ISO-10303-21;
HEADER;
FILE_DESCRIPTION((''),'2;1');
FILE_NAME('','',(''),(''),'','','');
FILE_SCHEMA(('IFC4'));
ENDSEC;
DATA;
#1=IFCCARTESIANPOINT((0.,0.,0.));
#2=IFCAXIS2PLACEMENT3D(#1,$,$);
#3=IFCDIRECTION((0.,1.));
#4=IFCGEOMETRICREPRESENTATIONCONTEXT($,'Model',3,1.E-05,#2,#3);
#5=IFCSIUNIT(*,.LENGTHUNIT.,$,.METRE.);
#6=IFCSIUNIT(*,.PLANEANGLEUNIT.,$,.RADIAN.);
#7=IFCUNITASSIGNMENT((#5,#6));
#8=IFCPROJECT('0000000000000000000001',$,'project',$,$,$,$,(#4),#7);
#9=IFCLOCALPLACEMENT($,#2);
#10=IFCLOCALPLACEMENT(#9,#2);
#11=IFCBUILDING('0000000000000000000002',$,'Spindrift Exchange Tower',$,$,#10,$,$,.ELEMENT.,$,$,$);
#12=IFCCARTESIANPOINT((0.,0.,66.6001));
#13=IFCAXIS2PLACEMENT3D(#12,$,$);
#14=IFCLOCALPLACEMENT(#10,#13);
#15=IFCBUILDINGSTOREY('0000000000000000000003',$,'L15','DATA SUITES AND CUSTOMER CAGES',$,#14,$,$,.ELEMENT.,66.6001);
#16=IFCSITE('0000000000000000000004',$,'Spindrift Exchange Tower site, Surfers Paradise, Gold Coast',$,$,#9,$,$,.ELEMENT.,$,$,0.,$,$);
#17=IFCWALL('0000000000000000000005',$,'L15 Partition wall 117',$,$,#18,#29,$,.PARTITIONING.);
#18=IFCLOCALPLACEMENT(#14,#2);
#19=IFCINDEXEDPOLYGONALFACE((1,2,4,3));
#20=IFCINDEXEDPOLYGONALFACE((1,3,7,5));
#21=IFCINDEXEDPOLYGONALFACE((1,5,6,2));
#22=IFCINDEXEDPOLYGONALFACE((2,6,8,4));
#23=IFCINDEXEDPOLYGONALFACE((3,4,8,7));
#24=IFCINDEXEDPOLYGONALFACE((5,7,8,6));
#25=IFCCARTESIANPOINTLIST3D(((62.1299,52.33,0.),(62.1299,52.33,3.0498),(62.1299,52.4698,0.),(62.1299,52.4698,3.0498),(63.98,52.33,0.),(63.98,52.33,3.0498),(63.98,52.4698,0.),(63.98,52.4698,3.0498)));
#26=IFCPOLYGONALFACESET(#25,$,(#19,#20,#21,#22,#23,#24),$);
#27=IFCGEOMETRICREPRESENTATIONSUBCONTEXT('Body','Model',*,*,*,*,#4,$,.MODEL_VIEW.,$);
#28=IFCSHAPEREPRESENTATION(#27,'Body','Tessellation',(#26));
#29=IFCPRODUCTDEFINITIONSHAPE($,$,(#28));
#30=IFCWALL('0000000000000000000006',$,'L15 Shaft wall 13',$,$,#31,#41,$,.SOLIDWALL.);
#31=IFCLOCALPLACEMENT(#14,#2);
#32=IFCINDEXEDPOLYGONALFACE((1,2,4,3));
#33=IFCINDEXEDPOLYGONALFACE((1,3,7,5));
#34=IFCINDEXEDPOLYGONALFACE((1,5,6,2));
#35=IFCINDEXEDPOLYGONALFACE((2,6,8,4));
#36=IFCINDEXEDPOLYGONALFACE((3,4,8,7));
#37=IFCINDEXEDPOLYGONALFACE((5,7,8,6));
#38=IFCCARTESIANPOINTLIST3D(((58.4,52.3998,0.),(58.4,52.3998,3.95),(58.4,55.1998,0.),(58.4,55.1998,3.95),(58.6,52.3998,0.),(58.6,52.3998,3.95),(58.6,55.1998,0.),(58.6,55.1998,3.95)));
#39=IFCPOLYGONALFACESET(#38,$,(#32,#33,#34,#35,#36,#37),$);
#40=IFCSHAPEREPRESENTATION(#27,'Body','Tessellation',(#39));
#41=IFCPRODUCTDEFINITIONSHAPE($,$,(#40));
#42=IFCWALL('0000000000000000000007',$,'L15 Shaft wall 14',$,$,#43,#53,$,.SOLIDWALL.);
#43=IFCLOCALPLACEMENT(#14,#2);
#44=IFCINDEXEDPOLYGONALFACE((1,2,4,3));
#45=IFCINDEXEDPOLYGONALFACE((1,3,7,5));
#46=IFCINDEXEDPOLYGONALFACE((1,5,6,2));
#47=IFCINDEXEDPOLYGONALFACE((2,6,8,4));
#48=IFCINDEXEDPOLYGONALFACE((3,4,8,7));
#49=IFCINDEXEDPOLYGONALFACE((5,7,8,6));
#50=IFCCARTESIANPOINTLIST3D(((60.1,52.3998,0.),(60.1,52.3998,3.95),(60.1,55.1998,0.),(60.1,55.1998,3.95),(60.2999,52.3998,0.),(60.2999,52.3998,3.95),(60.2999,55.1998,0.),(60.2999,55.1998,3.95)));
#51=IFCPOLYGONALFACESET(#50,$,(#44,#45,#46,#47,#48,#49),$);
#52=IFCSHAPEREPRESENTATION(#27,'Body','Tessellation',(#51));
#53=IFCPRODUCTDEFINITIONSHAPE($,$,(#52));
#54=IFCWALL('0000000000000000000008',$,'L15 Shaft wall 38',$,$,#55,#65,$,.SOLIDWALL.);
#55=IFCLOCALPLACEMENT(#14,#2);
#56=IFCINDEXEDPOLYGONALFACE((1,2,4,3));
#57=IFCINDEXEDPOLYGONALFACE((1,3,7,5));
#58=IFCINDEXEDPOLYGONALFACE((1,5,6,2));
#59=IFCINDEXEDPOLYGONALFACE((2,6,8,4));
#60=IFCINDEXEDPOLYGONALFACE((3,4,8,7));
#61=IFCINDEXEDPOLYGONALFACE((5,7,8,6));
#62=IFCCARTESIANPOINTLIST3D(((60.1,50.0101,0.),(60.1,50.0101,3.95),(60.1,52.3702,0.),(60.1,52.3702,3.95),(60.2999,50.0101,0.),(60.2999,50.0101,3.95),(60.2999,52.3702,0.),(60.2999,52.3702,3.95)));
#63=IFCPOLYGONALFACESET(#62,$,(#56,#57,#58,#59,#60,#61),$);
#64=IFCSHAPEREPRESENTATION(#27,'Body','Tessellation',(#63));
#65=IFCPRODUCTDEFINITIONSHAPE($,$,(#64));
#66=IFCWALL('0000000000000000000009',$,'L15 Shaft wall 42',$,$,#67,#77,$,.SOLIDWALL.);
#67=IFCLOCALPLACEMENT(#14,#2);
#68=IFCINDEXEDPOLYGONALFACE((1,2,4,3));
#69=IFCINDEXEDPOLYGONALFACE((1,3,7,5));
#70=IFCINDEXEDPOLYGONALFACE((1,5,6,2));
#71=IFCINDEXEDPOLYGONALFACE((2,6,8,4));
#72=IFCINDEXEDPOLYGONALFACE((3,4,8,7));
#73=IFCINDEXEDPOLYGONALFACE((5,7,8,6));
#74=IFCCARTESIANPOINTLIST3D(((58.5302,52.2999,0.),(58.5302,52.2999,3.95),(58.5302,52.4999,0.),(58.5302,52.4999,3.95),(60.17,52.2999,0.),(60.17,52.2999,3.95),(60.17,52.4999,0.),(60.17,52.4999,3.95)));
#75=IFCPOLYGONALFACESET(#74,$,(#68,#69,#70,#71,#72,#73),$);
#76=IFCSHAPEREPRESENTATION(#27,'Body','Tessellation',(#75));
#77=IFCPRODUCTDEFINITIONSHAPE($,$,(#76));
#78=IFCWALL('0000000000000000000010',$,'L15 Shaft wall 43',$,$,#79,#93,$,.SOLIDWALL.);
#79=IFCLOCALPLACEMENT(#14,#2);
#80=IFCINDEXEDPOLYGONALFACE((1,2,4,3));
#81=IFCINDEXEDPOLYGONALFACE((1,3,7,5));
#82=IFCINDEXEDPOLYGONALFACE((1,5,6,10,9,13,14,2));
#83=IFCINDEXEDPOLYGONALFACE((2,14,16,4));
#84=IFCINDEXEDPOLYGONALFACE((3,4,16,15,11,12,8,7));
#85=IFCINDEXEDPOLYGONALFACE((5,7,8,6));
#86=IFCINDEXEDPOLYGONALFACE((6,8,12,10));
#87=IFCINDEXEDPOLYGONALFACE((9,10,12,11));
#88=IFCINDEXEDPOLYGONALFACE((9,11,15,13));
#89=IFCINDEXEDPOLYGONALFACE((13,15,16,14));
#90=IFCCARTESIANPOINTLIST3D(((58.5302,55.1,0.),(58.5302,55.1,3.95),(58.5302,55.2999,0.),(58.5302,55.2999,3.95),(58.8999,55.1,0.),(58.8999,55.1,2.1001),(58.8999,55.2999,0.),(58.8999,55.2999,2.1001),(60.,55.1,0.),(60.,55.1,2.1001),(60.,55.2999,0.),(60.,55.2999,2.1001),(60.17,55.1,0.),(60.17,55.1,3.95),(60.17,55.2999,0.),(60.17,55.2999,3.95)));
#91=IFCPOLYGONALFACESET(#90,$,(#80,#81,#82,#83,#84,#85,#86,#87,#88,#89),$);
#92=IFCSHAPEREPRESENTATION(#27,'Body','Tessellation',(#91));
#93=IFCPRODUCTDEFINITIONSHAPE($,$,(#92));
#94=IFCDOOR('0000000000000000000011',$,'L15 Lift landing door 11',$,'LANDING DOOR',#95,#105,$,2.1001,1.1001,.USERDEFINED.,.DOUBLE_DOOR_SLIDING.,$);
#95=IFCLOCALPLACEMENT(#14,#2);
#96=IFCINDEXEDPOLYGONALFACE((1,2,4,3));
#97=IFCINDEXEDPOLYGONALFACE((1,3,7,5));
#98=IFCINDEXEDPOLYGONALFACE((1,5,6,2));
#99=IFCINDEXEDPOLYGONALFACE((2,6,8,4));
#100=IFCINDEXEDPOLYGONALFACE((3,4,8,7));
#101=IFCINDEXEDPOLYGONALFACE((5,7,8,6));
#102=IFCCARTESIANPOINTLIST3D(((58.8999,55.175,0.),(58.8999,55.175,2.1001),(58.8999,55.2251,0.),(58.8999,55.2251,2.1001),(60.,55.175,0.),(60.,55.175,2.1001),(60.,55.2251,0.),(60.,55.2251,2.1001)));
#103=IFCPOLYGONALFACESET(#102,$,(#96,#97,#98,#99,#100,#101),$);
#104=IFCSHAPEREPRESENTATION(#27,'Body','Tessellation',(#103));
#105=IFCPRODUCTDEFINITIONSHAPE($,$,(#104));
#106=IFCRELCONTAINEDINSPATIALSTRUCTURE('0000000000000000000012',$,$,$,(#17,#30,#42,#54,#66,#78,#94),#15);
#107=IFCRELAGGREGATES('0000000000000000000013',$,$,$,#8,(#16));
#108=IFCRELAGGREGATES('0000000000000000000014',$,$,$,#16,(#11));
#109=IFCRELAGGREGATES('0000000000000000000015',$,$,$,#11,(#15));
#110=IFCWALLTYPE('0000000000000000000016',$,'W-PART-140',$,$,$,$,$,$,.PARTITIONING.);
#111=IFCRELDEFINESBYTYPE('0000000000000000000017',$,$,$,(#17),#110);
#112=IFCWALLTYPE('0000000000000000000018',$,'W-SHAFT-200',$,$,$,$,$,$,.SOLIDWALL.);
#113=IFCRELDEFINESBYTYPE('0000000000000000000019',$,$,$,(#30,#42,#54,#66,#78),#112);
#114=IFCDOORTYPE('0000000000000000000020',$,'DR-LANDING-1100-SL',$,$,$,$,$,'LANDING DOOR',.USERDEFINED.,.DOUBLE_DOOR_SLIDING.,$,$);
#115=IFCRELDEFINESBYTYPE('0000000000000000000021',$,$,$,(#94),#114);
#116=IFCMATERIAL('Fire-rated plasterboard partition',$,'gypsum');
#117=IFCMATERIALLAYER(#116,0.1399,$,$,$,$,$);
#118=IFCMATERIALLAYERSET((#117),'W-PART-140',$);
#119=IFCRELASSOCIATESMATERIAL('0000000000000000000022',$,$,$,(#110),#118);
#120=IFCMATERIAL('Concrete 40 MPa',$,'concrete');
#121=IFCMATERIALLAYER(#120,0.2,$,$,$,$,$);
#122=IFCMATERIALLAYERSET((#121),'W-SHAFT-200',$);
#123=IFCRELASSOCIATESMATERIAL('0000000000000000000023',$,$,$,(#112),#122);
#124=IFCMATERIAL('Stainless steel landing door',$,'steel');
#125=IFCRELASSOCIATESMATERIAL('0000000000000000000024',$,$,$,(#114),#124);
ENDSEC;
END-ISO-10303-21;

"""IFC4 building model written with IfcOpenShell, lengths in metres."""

from ifc_helpers import new_model, si_unit, direction, frame, frame_2d, origin, place, context, subcontext, project, spatial, rectangle, extrude, source, transform, mapped, material, layer, layer_set, type_object, element, fill, save


model = new_model("IFC4")

# Units and contexts
model_context = context("Model", 3, precision=1e-05, world=origin(), true_north=direction((0.0, 1.0)))
body_context = subcontext(model_context, "Body", "Model", "MODEL_VIEW")
ifc_project = project(units=[si_unit("LENGTHUNIT", "METRE"), si_unit("PLANEANGLEUNIT", "RADIAN")], contexts=[model_context])

# Site, building, storey
site_placement = place(None, origin())
site = spatial("IfcSite", under=ifc_project, at=site_placement, Name="Spindrift Exchange Tower site, Surfers Paradise, Gold Coast", CompositionType="ELEMENT", RefElevation=0.0)
building_placement = place(site_placement, origin())
building = spatial("IfcBuilding", under=site, at=building_placement, Name="Spindrift Exchange Tower", CompositionType="ELEMENT")
storey_placement = place(building_placement, frame((0.0, 0.0, 66.6001)))
storey = spatial("IfcBuildingStorey", under=building, at=storey_placement, Name="L15", Description="DATA SUITES AND CUSTOMER CAGES", CompositionType="ELEMENT", Elevation=66.6001)

# Shared definitions
ifc_material_1 = material(Name="Fire-rated plasterboard partition", Category="gypsum")

# Walls
ifc_layer_1 = layer(ifc_material_1, 0.1399)
ifc_layer_set_1 = layer_set([ifc_layer_1], Name="W-PART-140")
wall_type_1 = type_object("IfcWallType", Name="W-PART-140", PredefinedType="PARTITIONING", material=ifc_layer_set_1)
wall_1_placement = place(storey_placement, frame((63.98, 52.3999, 0.0), z_axis=(0.0, 0.0, 1.0), x_axis=(-1.0, 0.0, 0.0)))
element("IfcWall", 1, at=wall_1_placement, inside=storey, type_object=wall_type_1, Name="L15 Partition wall 117", PredefinedType="PARTITIONING", context=body_context, shape_type="SweptSolid", body=[
    extrude(rectangle(XDim=1.8501, YDim=0.1399, at=frame_2d((0.925, 0.0))), origin(), (0.0, 0.0, 1.0), 3.0498),
])
ifc_material_2 = material(Name="Concrete 40 MPa", Category="concrete")
ifc_layer_2 = layer(ifc_material_2, 0.2)
ifc_layer_set_2 = layer_set([ifc_layer_2], Name="W-SHAFT-200")
wall_type_2 = type_object("IfcWallType", Name="W-SHAFT-200", PredefinedType="SOLIDWALL", material=ifc_layer_set_2)
for number, where, z_axis, x_axis, name in (
    (2, (58.5, 52.3999, 0.0), (0.0, 0.0, 1.0), (0.0, 1.0, 0.0), "L15 Shaft wall 13"),
    (3, (60.2, 52.3999, 0.0), (0.0, 0.0, 1.0), (0.0, 1.0, 0.0), "L15 Shaft wall 14"),
):
    element("IfcWall", number, at=place(storey_placement, frame(where, z_axis=z_axis, x_axis=x_axis)), inside=storey, type_object=wall_type_2, Name=name, PredefinedType="SOLIDWALL", context=body_context, shape_type="SweptSolid", body=[
        extrude(rectangle(XDim=2.8, YDim=0.2, at=frame_2d((1.3999, 0.0))), origin(), (0.0, 0.0, 1.0), 3.95),
    ])
wall_2_placement = place(storey_placement, frame((60.2, 50.01, 0.0), z_axis=(0.0, 0.0, 1.0), x_axis=(0.0, 1.0, 0.0)))
element("IfcWall", 4, at=wall_2_placement, inside=storey, type_object=wall_type_2, Name="L15 Shaft wall 38", PredefinedType="SOLIDWALL", context=body_context, shape_type="SweptSolid", body=[
    extrude(rectangle(XDim=2.3601, YDim=0.2, at=frame_2d((1.1802, 0.0))), origin(), (0.0, 0.0, 1.0), 3.95),
])
wall_3_placement = place(storey_placement, frame((60.1699, 52.3999, 0.0), z_axis=(0.0, 0.0, 1.0), x_axis=(-1.0, 0.0, 0.0)))
element("IfcWall", 5, at=wall_3_placement, inside=storey, type_object=wall_type_2, Name="L15 Shaft wall 42", PredefinedType="SOLIDWALL", context=body_context, shape_type="SweptSolid", body=[
    extrude(rectangle(XDim=1.6399, YDim=0.2, at=frame_2d((0.8198, 0.0))), origin(), (0.0, 0.0, 1.0), 3.95),
])

# Wall, opening, door
wall_4_placement = place(storey_placement, frame((60.1699, 55.2, 0.0), z_axis=(0.0, 0.0, 1.0), x_axis=(-1.0, 0.0, 0.0)))
wall_4 = element("IfcWall", 6, at=wall_4_placement, inside=storey, type_object=wall_type_2, Name="L15 Shaft wall 43", PredefinedType="SOLIDWALL", context=body_context, shape_type="SweptSolid", body=[
    extrude(rectangle(XDim=1.6399, YDim=0.2, at=frame_2d((0.8198, 0.0))), origin(), (0.0, 0.0, 1.0), 3.95),
])
opening_1_placement = place(wall_4_placement, frame((0.1699, 0.0, 0.0)))
opening_1 = element("IfcOpeningElement", 7, at=opening_1_placement, cuts=wall_4, PredefinedType="OPENING", context=body_context, shape_type="SweptSolid", body=[
    extrude(rectangle(XDim=1.1001, YDim=2.1001, at=frame_2d((0.55, 1.05))), frame((0.0, 0.1099, 0.0), z_axis=(0.0, -1.0, 0.0), x_axis=(1.0, 0.0, 0.0)), (0.0, 0.0, 1.0), 0.22),
])
ifc_material_3 = material(Name="Stainless steel landing door", Category="steel")
door_type_1 = type_object("IfcDoorType", Name="DR-LANDING-1100-SL", ElementType="LANDING DOOR", OperationType="DOUBLE_DOOR_SLIDING", PredefinedType="USERDEFINED", material=ifc_material_3)
shared_shape_1 = source(origin(), body_context, "Body", "SweptSolid", [
    extrude(rectangle(XDim=1.1001, YDim=2.1001, at=frame_2d((0.55, 1.05))), frame((0.0, 0.0249, 0.0), z_axis=(0.0, -1.0, 0.0), x_axis=(1.0, 0.0, 0.0)), (0.0, 0.0, 1.0), 0.05),
])
door_1_placement = place(opening_1_placement, origin())
door_1 = element("IfcDoor", 8, at=door_1_placement, inside=storey, type_object=door_type_1, Name="L15 Lift landing door 11", ObjectType="LANDING DOOR", OperationType="DOUBLE_DOOR_SLIDING", OverallHeight=2.1001, OverallWidth=1.1001, PredefinedType="USERDEFINED", context=body_context, shape_type="MappedRepresentation", body=[
    mapped(shared_shape_1, transform((0.0, 0.0, 0.0), scale=1.0)),
])
fill(opening_1, door_1)

save(model, "model.ifc")
